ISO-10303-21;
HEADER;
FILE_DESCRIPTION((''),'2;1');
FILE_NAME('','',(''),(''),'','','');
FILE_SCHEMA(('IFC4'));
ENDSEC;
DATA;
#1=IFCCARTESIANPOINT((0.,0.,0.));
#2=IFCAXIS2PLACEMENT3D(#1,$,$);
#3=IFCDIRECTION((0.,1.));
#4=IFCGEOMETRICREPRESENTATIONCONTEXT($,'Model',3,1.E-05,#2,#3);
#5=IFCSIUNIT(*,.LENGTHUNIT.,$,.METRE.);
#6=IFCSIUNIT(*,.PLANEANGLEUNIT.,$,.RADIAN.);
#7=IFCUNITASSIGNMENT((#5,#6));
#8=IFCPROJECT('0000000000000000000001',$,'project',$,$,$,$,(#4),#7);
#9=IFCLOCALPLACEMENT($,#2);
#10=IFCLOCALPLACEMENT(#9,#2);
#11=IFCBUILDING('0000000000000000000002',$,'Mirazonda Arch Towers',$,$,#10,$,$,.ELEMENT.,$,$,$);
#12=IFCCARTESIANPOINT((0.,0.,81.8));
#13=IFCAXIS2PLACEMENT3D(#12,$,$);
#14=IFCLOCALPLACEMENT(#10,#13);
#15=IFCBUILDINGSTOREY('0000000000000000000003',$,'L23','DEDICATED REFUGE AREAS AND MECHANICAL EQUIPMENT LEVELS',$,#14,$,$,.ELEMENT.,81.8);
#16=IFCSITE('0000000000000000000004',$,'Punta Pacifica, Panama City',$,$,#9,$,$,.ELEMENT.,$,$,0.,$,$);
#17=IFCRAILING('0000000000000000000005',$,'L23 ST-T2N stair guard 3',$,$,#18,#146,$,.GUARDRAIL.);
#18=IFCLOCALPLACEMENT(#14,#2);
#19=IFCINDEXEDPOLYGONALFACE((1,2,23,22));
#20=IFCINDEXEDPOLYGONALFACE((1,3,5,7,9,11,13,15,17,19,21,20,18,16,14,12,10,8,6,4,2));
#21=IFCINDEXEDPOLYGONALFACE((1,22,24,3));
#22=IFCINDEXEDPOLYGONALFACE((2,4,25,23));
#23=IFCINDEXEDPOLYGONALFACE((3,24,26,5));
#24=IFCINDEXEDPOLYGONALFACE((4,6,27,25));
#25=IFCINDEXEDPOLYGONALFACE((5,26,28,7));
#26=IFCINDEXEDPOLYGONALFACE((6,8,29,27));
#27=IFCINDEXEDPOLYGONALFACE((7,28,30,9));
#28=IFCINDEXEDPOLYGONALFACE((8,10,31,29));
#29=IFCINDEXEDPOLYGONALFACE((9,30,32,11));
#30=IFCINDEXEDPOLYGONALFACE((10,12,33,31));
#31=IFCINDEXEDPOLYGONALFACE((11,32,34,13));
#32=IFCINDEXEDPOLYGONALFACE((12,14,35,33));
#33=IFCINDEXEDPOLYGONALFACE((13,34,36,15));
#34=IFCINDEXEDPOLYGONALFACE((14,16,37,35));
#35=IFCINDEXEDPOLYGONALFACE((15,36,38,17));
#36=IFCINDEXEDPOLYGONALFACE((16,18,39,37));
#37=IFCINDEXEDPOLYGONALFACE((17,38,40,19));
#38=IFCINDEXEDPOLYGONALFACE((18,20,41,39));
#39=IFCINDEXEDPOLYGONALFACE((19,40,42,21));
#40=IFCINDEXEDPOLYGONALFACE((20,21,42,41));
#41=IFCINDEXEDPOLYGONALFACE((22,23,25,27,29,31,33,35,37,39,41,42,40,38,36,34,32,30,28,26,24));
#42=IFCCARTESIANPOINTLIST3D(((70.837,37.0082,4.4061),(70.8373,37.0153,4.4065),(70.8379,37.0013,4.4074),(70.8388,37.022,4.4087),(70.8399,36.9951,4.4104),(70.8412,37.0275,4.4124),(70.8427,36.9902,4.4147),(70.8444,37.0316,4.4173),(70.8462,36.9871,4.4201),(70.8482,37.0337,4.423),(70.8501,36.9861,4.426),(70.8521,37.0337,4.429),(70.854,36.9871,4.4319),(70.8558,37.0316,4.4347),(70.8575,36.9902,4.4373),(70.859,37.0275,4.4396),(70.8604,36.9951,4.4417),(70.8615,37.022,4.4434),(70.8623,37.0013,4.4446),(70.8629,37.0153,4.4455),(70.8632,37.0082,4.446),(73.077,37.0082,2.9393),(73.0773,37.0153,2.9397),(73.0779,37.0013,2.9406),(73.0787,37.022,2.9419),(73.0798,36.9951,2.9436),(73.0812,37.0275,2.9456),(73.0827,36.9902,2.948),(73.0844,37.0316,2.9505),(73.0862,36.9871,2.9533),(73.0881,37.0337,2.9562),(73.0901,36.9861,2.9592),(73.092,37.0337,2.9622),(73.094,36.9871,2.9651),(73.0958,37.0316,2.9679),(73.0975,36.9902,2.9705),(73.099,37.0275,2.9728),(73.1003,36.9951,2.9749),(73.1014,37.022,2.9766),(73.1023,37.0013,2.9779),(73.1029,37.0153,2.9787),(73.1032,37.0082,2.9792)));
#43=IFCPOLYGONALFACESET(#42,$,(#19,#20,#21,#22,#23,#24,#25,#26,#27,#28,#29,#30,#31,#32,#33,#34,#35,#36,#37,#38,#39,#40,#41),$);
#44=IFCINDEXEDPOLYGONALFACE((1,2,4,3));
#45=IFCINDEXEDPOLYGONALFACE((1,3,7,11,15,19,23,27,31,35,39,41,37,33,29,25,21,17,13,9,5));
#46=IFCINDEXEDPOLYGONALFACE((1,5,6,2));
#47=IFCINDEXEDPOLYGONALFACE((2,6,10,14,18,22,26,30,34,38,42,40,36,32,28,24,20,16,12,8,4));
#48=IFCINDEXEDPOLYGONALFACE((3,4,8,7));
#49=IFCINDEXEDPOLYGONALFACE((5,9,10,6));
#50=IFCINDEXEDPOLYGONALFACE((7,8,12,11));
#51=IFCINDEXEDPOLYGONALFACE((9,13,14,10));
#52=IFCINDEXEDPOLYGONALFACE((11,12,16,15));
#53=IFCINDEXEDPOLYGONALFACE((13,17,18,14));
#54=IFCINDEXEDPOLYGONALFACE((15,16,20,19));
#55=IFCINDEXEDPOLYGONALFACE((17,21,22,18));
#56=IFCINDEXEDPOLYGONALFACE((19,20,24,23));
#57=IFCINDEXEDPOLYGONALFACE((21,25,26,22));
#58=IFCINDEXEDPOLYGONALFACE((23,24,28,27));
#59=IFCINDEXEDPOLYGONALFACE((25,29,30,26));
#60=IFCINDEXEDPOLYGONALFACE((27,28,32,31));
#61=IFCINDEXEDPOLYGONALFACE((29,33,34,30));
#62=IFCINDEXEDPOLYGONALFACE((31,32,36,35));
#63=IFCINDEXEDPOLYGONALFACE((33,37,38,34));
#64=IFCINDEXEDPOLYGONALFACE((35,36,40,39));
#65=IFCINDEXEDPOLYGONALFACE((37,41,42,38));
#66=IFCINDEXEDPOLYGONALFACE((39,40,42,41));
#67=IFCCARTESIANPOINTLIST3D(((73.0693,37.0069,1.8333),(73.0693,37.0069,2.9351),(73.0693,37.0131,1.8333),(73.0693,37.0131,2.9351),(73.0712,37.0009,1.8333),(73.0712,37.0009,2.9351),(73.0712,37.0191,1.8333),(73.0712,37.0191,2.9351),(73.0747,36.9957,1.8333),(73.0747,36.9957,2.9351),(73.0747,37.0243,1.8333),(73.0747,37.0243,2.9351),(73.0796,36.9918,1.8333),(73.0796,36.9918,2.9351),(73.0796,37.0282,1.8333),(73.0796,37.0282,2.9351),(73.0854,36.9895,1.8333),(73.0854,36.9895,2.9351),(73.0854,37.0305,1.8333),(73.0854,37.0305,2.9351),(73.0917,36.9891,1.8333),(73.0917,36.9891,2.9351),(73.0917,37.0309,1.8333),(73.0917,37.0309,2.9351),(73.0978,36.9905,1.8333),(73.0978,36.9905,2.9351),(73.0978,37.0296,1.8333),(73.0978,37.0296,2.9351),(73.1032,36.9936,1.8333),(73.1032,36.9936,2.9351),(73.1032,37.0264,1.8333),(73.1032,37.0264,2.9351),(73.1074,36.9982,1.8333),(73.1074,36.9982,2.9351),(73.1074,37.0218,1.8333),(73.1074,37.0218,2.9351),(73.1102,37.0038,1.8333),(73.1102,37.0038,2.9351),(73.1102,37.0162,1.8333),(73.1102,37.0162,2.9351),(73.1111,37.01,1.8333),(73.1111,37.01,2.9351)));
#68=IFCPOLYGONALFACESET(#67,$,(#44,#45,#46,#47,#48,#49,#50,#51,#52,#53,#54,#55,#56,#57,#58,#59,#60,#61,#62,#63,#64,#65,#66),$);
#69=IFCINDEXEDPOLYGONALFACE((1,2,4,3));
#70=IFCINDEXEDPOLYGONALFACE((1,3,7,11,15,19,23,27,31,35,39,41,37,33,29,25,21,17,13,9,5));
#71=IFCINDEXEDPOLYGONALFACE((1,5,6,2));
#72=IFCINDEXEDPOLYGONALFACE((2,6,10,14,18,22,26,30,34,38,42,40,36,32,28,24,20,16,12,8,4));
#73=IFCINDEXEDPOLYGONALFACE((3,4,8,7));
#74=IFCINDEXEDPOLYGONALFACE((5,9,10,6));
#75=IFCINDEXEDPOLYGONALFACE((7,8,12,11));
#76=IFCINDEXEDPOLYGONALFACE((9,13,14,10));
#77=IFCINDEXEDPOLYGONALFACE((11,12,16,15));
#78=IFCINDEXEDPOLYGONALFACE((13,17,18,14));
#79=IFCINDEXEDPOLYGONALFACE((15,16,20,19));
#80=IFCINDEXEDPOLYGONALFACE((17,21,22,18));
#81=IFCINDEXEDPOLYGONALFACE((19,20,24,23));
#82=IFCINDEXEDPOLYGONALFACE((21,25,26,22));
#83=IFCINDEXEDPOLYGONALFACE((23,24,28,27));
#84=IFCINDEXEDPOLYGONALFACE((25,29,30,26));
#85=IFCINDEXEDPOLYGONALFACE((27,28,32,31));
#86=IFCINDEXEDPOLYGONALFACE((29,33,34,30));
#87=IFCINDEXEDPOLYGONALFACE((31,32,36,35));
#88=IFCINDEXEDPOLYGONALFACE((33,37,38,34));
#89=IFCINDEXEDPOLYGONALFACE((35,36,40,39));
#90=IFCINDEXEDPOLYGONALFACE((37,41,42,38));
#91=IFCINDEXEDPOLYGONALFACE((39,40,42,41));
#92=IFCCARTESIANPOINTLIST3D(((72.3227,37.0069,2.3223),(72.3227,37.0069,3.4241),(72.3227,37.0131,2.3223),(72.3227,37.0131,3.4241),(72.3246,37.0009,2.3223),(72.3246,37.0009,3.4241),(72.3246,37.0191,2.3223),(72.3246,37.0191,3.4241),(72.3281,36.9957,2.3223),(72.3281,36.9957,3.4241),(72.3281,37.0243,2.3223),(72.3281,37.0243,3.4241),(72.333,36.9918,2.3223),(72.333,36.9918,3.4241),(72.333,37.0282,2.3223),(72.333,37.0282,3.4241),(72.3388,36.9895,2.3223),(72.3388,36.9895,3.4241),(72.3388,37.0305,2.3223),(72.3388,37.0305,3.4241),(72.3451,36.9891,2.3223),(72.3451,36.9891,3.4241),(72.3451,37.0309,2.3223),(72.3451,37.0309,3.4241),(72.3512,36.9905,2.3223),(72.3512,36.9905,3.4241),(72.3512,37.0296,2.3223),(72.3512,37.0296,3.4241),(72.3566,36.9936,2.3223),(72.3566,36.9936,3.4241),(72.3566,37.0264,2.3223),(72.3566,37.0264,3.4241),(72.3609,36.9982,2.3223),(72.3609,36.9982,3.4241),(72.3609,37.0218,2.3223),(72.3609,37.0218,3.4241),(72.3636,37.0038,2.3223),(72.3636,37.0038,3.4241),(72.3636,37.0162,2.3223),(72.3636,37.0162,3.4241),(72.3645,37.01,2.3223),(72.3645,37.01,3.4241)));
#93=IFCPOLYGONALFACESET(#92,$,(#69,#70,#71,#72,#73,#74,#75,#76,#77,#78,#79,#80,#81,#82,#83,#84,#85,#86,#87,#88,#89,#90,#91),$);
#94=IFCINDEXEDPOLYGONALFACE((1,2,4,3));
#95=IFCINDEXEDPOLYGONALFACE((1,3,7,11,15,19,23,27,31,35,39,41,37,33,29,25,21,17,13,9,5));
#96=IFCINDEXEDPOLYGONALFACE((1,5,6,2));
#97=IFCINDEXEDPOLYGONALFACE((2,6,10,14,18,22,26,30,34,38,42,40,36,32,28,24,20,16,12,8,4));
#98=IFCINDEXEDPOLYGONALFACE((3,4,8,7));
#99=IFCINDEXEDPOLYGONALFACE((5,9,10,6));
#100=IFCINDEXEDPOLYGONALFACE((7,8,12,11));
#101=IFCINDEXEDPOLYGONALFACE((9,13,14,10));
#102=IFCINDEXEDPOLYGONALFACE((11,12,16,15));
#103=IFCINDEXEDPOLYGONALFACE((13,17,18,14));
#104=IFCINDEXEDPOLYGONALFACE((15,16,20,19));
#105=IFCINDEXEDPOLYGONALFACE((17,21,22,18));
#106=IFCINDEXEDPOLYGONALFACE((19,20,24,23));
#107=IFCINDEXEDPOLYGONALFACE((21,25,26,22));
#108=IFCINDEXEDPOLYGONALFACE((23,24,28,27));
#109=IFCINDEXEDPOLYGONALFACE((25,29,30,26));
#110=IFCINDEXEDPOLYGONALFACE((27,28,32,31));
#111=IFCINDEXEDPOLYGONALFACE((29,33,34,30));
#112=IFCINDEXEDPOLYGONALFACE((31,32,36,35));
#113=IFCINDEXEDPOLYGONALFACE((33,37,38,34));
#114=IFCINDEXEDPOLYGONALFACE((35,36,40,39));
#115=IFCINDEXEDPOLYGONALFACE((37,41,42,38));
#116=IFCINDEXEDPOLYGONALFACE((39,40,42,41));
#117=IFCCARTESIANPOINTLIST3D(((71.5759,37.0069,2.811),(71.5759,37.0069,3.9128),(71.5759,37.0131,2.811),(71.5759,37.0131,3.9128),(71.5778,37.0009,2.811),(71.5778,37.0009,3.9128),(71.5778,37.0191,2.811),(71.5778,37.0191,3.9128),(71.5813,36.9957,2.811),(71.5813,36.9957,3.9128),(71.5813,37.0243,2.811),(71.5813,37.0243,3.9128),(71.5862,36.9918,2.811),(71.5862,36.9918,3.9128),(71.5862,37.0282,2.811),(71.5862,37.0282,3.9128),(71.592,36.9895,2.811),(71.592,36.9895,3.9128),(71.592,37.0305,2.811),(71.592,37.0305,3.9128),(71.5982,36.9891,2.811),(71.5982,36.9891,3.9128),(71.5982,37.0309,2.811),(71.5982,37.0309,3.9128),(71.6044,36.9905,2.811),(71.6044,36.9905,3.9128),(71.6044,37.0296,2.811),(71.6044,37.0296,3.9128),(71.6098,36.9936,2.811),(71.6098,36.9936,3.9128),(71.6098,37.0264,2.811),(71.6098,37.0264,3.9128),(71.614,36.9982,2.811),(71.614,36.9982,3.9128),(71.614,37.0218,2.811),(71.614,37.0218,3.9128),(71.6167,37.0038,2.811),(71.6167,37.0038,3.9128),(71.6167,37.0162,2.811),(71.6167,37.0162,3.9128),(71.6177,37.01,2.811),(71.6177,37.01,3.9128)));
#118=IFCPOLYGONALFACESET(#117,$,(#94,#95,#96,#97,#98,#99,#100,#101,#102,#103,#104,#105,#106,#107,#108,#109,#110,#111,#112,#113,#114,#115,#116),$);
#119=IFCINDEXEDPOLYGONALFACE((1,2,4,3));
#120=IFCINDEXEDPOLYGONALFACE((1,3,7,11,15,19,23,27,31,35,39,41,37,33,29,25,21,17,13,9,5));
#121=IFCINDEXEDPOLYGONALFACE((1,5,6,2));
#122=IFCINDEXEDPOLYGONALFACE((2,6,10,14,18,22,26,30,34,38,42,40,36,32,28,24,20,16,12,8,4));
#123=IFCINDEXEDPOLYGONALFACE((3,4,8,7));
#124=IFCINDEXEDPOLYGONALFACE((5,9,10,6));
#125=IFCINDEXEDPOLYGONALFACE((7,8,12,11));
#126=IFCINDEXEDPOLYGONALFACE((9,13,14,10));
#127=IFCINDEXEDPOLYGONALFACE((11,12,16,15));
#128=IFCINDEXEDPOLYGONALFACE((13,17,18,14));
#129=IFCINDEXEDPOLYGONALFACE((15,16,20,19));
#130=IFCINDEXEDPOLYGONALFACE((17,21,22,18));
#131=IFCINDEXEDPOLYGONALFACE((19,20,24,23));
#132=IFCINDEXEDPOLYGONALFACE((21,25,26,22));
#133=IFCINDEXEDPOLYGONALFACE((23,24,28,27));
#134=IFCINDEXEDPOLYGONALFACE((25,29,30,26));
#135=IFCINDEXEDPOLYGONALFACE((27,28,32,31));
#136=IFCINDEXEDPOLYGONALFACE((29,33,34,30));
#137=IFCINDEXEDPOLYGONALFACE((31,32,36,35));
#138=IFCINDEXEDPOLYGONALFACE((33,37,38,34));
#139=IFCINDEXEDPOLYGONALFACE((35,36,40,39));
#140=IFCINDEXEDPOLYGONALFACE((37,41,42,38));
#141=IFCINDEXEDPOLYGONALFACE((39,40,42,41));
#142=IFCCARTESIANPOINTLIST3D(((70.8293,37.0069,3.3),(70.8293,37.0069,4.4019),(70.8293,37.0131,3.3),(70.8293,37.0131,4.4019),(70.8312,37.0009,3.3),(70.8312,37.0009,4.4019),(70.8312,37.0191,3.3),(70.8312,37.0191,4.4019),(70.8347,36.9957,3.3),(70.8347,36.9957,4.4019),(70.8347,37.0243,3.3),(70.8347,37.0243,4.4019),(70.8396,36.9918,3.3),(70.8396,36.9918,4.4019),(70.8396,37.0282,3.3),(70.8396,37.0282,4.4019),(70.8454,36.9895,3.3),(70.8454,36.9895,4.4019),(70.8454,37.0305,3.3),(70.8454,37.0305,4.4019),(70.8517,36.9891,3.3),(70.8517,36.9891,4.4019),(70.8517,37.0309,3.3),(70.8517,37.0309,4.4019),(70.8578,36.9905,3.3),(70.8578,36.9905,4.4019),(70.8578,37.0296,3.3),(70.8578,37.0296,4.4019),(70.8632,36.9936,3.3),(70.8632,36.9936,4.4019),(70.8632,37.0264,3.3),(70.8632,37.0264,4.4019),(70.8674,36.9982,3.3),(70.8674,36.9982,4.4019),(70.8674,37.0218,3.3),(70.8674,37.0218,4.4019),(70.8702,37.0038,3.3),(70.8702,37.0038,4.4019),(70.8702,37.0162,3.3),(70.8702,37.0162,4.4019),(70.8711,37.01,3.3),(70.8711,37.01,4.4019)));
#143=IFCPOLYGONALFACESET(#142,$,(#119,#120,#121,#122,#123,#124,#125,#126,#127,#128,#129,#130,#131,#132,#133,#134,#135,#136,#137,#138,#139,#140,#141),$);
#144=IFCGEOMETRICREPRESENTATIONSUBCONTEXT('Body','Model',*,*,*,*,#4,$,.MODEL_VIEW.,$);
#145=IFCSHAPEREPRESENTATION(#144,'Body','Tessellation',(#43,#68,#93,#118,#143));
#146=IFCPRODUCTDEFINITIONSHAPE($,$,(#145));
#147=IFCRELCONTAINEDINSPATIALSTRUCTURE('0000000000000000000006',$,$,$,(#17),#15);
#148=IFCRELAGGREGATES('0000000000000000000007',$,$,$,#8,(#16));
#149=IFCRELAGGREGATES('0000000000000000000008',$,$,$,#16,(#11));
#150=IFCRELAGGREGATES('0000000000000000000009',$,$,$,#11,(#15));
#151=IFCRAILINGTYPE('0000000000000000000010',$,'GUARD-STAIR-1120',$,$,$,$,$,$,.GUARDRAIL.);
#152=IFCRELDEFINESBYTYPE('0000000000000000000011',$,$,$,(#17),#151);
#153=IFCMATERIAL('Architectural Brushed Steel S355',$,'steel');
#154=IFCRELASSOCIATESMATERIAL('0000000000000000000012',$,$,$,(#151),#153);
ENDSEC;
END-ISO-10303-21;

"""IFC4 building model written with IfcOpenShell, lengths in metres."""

from ifc_helpers import new_model, si_unit, direction, frame, origin, origin_2d, place, context, subcontext, project, spatial, circle, extrude, material, type_object, element, save


model = new_model("IFC4")

# Units and contexts
model_context = context("Model", 3, precision=1e-05, world=origin(), true_north=direction((0.0, 1.0)))
body_context = subcontext(model_context, "Body", "Model", "MODEL_VIEW")
ifc_project = project(units=[si_unit("LENGTHUNIT", "METRE"), si_unit("PLANEANGLEUNIT", "RADIAN")], contexts=[model_context])

# Site, building, storey
site_placement = place(None, origin())
site = spatial("IfcSite", under=ifc_project, at=site_placement, Name="Punta Pacifica, Panama City", CompositionType="ELEMENT", RefElevation=0.0)
building_placement = place(site_placement, origin())
building = spatial("IfcBuilding", under=site, at=building_placement, Name="Mirazonda Arch Towers", CompositionType="ELEMENT")
storey_placement = place(building_placement, frame((0.0, 0.0, 81.8)))
storey = spatial("IfcBuildingStorey", under=building, at=storey_placement, Name="L23", Description="DEDICATED REFUGE AREAS AND MECHANICAL EQUIPMENT LEVELS", CompositionType="ELEMENT", Elevation=81.8)

# Shared definitions
ifc_material_1 = material(Name="Architectural Brushed Steel S355", Category="steel")

# Railing
railing_type_1 = type_object("IfcRailingType", Name="GUARD-STAIR-1120", PredefinedType="GUARDRAIL", material=ifc_material_1)
railing_1_placement = place(storey_placement, frame((73.0901, 37.01, 1.8333)))
element("IfcRailing", 1, at=railing_1_placement, inside=storey, type_object=railing_type_1, Name="L23 ST-T2N stair guard 3", PredefinedType="GUARDRAIL", context=body_context, shape_type="SweptSolid", body=[
    extrude(circle(Radius=0.0239, at=origin_2d()), frame((0.0, 0.0, 1.126), z_axis=(-0.836595, 0.0, 0.547822), x_axis=(0.0, -1.0, 0.0)), (0.0, 0.0, 1.0), 2.6775),
    extrude(circle(Radius=0.021, at=origin_2d()), origin(), (0.0, 0.0, 1.0), 1.1018),
    extrude(circle(Radius=0.021, at=origin_2d()), frame((-0.7466, 0.0, 0.489)), (0.0, 0.0, 1.0), 1.1018),
    extrude(circle(Radius=0.021, at=origin_2d()), frame((-1.4934, 0.0, 0.9778)), (0.0, 0.0, 1.0), 1.1018),
    extrude(circle(Radius=0.021, at=origin_2d()), frame((-2.24, 0.0, 1.4668)), (0.0, 0.0, 1.0), 1.1018),
])

save(model, "model.ifc")
